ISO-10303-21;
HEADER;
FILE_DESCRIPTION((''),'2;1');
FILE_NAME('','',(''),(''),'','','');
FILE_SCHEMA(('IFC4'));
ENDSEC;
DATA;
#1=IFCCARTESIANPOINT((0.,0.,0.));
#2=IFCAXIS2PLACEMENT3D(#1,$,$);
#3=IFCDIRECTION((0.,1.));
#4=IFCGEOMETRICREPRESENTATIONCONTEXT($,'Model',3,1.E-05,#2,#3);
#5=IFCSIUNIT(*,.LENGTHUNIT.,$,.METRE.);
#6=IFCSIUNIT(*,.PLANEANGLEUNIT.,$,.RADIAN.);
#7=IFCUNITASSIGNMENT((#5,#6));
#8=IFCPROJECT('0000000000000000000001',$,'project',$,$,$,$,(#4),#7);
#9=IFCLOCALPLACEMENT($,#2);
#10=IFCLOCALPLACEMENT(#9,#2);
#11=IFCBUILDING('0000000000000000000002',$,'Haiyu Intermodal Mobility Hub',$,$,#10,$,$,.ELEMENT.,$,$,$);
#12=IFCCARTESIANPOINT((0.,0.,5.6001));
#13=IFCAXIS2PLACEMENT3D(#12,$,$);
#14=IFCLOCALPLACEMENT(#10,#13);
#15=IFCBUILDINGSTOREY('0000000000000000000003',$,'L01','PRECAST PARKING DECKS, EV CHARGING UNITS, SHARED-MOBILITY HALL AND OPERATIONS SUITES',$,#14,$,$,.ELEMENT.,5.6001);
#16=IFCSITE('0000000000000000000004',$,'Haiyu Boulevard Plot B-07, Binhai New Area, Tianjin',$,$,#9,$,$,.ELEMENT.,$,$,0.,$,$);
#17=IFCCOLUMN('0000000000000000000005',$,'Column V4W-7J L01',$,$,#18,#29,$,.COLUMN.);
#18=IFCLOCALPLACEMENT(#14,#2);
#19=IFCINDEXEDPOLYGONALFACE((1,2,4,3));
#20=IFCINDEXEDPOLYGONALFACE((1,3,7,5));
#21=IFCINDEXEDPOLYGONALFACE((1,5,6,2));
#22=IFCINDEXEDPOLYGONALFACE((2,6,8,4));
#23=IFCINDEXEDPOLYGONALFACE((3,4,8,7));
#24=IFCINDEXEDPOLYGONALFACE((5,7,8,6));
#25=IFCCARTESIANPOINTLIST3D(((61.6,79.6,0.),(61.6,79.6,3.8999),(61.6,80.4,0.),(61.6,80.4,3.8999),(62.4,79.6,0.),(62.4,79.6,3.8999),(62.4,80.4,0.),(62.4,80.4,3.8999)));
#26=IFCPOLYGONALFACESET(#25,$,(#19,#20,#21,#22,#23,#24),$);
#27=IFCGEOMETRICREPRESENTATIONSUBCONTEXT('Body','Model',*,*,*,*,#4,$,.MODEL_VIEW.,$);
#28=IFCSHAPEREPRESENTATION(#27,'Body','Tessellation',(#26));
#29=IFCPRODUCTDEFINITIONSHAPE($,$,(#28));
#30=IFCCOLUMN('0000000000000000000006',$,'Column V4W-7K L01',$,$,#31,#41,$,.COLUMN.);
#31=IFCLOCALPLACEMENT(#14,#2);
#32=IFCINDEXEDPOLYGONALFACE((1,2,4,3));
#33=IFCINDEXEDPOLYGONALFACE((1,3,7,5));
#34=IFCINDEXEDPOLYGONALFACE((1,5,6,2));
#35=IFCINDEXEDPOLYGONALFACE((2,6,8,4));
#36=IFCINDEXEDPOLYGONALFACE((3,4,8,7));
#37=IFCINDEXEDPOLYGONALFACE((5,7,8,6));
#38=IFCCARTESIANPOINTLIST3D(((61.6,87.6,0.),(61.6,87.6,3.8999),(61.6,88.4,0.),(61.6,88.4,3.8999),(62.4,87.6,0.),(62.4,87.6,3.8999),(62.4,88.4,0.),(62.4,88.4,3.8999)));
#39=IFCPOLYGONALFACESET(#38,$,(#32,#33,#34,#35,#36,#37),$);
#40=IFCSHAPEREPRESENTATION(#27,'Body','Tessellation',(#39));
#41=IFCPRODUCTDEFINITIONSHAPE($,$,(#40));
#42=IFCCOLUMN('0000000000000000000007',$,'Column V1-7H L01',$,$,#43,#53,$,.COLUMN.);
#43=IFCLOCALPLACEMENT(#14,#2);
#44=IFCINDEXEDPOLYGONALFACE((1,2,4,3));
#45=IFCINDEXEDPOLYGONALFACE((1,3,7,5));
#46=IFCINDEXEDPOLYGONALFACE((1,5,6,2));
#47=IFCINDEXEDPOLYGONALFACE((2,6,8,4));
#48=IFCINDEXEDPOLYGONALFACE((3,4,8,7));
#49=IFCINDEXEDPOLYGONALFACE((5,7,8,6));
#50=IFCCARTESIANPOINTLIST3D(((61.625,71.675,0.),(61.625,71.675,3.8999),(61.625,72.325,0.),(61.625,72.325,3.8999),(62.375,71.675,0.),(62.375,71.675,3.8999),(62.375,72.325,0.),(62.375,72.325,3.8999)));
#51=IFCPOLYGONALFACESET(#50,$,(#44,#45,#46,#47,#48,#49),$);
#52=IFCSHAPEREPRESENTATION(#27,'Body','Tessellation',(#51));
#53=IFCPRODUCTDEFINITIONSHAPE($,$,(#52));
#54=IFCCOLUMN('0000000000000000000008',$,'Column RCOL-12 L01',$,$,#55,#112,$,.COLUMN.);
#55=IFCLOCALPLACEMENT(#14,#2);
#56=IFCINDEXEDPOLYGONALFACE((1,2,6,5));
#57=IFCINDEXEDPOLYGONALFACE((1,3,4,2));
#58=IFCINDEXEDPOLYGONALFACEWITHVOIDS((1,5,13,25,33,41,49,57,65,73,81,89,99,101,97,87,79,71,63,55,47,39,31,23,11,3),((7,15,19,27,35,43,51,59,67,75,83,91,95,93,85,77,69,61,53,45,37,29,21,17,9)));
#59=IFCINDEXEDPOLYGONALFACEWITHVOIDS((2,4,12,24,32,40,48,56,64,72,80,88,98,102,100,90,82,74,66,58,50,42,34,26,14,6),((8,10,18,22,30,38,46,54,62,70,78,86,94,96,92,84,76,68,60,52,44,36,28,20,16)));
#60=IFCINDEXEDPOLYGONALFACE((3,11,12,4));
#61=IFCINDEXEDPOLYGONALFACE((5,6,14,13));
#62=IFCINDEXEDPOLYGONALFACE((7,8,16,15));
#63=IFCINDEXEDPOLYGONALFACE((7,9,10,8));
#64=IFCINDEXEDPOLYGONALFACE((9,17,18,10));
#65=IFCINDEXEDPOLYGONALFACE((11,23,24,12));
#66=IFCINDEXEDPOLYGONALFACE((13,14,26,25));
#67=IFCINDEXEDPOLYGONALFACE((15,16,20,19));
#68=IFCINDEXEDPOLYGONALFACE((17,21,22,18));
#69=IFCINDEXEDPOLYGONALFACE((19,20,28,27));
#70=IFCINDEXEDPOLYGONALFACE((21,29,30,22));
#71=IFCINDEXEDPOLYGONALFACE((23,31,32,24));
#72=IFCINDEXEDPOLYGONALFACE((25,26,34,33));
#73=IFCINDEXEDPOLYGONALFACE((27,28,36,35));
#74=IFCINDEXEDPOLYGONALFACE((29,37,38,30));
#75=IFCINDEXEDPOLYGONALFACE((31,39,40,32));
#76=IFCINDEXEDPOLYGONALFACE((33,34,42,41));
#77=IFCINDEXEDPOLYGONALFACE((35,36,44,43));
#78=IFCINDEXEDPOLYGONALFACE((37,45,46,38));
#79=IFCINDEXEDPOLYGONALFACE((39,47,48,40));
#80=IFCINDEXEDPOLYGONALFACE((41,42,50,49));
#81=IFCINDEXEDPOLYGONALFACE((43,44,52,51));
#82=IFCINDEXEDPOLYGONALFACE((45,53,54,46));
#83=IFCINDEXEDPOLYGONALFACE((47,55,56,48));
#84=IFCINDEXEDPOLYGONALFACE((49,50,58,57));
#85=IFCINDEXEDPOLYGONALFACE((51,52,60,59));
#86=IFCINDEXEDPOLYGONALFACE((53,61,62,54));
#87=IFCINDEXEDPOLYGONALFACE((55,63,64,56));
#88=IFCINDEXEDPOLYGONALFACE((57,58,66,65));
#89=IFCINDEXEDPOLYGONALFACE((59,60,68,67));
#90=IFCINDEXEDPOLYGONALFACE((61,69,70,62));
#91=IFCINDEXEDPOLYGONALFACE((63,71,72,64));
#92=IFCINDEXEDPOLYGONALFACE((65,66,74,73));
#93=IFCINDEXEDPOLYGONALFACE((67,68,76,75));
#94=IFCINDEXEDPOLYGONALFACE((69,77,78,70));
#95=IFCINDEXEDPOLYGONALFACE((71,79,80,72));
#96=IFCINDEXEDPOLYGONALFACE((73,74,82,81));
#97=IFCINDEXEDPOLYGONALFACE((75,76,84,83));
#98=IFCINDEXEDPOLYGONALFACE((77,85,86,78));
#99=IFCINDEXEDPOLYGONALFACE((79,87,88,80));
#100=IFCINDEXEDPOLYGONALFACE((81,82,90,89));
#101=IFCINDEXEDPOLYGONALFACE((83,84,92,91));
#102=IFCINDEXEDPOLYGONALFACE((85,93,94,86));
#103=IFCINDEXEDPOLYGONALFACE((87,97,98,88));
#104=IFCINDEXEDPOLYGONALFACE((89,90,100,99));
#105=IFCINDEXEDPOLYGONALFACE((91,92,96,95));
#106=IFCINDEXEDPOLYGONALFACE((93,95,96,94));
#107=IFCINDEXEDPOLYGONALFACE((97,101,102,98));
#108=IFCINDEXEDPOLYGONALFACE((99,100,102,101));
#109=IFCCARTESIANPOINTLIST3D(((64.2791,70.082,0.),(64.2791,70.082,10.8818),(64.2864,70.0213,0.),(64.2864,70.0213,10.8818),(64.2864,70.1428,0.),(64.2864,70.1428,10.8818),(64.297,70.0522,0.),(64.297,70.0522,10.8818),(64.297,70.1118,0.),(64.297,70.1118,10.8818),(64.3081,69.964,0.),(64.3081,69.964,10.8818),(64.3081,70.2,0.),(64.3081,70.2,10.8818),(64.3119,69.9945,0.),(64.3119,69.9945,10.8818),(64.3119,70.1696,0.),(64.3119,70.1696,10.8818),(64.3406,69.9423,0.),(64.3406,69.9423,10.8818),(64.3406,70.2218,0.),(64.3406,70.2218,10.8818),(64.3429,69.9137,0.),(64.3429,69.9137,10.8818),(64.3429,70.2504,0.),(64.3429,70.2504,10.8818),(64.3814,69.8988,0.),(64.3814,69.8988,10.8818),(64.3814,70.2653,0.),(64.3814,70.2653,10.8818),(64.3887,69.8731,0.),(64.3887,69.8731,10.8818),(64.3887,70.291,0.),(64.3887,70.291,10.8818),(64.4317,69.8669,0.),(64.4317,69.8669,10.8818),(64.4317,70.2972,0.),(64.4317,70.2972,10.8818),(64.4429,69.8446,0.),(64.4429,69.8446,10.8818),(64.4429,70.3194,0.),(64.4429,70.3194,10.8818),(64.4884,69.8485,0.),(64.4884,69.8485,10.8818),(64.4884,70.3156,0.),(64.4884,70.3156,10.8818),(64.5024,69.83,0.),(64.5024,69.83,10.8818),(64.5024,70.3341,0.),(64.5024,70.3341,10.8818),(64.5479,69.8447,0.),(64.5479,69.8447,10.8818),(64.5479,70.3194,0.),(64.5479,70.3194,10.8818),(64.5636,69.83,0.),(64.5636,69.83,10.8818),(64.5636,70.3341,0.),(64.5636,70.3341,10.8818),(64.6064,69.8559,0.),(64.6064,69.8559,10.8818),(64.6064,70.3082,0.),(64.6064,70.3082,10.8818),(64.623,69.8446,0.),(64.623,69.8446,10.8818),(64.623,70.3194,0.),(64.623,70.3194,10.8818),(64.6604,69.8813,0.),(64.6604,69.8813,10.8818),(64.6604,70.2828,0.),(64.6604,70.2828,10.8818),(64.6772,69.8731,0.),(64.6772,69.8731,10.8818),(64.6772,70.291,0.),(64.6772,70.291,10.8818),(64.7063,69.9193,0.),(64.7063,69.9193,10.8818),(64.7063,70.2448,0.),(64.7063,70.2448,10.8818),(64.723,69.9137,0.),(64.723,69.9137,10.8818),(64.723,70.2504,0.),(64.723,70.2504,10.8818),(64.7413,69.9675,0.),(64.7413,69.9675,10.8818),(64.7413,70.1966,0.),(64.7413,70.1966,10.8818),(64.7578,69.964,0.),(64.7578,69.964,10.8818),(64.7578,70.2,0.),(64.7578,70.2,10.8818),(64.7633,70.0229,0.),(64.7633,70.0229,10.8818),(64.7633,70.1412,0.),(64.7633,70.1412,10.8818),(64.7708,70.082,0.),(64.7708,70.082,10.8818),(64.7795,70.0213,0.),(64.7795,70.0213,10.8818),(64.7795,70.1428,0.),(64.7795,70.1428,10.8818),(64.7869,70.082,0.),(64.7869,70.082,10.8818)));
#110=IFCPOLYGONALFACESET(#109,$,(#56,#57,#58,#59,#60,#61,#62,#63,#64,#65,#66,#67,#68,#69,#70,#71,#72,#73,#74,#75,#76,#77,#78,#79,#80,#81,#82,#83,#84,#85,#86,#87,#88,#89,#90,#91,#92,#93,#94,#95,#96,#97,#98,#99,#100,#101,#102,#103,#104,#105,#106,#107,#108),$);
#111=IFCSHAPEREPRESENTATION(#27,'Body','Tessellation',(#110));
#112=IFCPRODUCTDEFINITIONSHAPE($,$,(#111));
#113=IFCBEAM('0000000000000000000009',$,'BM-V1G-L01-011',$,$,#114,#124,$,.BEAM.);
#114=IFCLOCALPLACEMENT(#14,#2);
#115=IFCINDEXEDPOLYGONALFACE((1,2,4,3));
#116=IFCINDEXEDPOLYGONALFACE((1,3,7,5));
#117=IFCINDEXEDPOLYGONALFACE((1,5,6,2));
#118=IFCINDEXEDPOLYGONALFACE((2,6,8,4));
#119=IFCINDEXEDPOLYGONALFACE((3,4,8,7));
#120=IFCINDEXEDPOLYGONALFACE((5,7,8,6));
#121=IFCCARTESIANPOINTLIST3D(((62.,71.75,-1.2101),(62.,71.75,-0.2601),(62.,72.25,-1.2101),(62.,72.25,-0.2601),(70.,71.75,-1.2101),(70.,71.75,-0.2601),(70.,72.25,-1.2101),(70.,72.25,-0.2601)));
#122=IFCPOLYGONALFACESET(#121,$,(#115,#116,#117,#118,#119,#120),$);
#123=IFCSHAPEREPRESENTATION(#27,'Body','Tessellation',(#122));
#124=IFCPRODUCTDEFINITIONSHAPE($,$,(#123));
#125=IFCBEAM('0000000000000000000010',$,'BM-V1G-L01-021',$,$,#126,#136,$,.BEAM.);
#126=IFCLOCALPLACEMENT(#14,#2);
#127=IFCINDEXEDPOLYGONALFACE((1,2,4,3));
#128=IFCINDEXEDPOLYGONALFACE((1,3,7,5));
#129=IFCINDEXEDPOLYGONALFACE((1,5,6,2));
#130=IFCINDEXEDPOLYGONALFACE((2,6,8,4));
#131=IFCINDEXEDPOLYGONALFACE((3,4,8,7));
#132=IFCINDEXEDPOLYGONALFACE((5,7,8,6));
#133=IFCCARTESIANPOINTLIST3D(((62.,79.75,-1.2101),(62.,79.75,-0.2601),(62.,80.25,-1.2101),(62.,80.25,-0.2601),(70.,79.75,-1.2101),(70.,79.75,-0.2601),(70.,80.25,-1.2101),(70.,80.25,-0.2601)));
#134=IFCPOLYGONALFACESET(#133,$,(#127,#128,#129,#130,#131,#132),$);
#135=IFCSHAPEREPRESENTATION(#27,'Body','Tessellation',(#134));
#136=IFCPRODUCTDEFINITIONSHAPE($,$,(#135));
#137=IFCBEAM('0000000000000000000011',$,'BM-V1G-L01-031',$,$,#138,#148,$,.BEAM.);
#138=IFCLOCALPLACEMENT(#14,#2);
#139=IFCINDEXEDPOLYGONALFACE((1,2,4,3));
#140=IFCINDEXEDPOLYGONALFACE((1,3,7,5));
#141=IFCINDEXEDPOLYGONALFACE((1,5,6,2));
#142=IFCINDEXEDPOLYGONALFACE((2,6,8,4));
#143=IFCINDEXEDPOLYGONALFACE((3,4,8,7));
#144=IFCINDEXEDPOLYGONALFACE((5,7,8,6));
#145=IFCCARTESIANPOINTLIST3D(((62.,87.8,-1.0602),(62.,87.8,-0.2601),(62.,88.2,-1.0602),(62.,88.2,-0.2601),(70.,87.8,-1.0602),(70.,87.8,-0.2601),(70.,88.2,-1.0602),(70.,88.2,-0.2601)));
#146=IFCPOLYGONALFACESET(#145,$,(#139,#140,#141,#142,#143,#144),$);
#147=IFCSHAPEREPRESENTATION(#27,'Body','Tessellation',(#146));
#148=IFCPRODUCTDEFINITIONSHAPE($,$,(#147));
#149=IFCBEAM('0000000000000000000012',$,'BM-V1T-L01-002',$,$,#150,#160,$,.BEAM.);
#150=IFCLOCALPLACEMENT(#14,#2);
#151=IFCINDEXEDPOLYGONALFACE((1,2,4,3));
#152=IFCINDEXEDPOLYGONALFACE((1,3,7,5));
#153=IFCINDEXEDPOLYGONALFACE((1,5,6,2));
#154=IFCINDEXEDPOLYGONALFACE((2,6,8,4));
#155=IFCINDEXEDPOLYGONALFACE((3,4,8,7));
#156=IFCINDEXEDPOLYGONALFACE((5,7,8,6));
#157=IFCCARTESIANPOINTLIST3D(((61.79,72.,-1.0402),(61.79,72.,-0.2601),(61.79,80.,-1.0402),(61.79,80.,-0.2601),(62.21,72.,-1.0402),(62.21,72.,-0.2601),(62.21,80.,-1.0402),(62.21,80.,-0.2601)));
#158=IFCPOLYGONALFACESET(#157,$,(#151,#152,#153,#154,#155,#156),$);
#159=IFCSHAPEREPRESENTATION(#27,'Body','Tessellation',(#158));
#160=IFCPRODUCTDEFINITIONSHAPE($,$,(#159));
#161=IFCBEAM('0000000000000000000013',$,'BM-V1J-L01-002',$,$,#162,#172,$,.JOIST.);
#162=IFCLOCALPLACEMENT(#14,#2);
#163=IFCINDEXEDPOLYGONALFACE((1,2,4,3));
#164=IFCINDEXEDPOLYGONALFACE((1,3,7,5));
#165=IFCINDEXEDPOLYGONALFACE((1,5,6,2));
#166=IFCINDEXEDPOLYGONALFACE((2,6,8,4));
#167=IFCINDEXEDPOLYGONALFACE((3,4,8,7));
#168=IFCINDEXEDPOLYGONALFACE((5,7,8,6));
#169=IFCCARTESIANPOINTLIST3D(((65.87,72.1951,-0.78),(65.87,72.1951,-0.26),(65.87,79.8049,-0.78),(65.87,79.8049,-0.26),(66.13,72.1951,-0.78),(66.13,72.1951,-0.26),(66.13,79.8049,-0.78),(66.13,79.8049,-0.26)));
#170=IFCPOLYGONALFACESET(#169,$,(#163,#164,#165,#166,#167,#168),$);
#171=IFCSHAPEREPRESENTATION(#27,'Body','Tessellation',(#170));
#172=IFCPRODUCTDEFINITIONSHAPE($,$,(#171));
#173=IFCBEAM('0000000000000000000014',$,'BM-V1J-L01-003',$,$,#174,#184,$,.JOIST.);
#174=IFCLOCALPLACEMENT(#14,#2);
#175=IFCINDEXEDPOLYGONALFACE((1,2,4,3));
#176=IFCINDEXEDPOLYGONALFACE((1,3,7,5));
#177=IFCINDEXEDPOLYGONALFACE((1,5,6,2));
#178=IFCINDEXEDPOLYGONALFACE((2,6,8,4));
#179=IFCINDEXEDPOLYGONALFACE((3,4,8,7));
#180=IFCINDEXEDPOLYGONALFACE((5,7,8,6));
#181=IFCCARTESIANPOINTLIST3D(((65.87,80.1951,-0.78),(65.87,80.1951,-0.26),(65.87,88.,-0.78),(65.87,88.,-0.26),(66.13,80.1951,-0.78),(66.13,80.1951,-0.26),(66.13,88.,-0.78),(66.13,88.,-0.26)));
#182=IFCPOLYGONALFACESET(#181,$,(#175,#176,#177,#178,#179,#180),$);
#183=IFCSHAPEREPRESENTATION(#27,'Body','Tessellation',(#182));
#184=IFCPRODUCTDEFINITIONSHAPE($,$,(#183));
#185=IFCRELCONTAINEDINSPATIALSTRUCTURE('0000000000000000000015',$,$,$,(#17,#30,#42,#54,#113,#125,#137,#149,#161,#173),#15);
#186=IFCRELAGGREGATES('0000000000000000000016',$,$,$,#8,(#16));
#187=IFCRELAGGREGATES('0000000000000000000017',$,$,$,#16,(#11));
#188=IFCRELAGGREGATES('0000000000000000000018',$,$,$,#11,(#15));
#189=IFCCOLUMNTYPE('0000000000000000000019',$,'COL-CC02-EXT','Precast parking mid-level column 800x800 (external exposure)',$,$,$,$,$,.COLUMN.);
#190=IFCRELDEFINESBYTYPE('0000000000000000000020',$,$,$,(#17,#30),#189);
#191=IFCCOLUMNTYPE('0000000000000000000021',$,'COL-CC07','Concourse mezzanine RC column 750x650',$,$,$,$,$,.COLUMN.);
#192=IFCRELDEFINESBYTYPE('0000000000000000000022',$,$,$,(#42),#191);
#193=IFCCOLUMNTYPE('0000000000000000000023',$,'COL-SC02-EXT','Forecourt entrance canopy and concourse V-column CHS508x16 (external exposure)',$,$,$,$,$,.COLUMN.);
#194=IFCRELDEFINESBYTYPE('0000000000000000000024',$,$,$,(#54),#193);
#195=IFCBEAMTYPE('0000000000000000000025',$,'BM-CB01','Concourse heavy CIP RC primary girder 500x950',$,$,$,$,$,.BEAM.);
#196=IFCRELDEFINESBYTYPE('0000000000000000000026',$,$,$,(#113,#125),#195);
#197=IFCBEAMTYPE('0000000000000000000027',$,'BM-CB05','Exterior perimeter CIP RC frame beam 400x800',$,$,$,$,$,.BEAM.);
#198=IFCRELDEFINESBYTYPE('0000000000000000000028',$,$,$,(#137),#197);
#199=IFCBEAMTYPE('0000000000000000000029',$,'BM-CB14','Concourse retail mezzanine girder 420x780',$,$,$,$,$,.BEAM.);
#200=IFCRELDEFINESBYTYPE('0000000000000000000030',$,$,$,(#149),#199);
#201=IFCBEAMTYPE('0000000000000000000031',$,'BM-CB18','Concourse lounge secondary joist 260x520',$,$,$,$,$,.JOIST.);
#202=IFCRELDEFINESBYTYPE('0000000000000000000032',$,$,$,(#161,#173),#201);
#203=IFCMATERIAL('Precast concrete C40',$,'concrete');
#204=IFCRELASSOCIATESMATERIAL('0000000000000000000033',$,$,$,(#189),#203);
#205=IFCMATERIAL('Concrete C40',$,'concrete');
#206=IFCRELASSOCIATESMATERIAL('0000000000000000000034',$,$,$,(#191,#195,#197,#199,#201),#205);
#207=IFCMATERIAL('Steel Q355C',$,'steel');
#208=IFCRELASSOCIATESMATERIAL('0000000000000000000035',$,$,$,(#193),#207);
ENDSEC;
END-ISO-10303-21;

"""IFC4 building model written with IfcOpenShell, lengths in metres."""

from ifc_helpers import new_model, si_unit, direction, frame, origin, origin_2d, place, context, subcontext, project, spatial, rectangle, hollow_circle, extrude, material, material_profile, profile_set, type_object, element, save


model = new_model("IFC4")

# Units and contexts
model_context = context("Model", 3, precision=1e-05, world=origin(), true_north=direction((0.0, 1.0)))
body_context = subcontext(model_context, "Body", "Model", "MODEL_VIEW")
ifc_project = project(units=[si_unit("LENGTHUNIT", "METRE"), si_unit("PLANEANGLEUNIT", "RADIAN")], contexts=[model_context])

# Site, building, storey
site_placement = place(None, origin())
site = spatial("IfcSite", under=ifc_project, at=site_placement, Name="Haiyu Boulevard Plot B-07, Binhai New Area, Tianjin", CompositionType="ELEMENT", RefElevation=0.0)
building_placement = place(site_placement, origin())
building = spatial("IfcBuilding", under=site, at=building_placement, Name="Haiyu Intermodal Mobility Hub", CompositionType="ELEMENT")
storey_placement = place(building_placement, frame((0.0, 0.0, 5.6001)))
storey = spatial("IfcBuildingStorey", under=building, at=storey_placement, Name="L01", Description="PRECAST PARKING DECKS, EV CHARGING UNITS, SHARED-MOBILITY HALL AND OPERATIONS SUITES", CompositionType="ELEMENT", Elevation=5.6001)

# Columns
ifc_material_1 = material(Name="Precast concrete C40", Category="concrete")
ifc_material_profile_1 = material_profile(ifc_material_1, rectangle(XDim=0.8, YDim=0.8, at=origin_2d()), Name="RC800x800")
ifc_profile_set_1 = profile_set([ifc_material_profile_1], Name="Precast concrete C40")
column_type_1 = type_object("IfcColumnType", Name="COL-CC02-EXT", Description="Precast parking mid-level column 800x800 (external exposure)", PredefinedType="COLUMN", material=ifc_profile_set_1)
for number, where, z_axis, x_axis, name in (
    (1, (62.0, 80.0, 0.0), (0.0, 0.0, 1.0), (1.0, 0.0, 0.0), "Column V4W-7J L01"),
    (2, (62.0, 88.0, 0.0), (0.0, 0.0, 1.0), (1.0, 0.0, 0.0), "Column V4W-7K L01"),
):
    element("IfcColumn", number, at=place(storey_placement, frame(where, z_axis=z_axis, x_axis=x_axis)), inside=storey, type_object=column_type_1, Name=name, PredefinedType="COLUMN", context=body_context, shape_type="SweptSolid", body=[
        extrude(rectangle(XDim=0.8, YDim=0.8, at=origin_2d()), origin(), (0.0, 0.0, 1.0), 3.8999),
    ])
ifc_material_2 = material(Name="Concrete C40", Category="concrete")
ifc_material_profile_2 = material_profile(ifc_material_2, rectangle(XDim=0.75, YDim=0.6499, at=origin_2d()), Name="RC750x650")
ifc_profile_set_2 = profile_set([ifc_material_profile_2], Name="Concrete C40")
column_type_2 = type_object("IfcColumnType", Name="COL-CC07", Description="Concourse mezzanine RC column 750x650", PredefinedType="COLUMN", material=ifc_profile_set_2)
column_1_placement = place(storey_placement, frame((62.0, 72.0, 0.0), z_axis=(0.0, 0.0, 1.0), x_axis=(1.0, 0.0, 0.0)))
element("IfcColumn", 3, at=column_1_placement, inside=storey, type_object=column_type_2, Name="Column V1-7H L01", PredefinedType="COLUMN", context=body_context, shape_type="SweptSolid", body=[
    extrude(rectangle(XDim=0.75, YDim=0.6499, at=origin_2d()), origin(), (0.0, 0.0, 1.0), 3.8999),
])
ifc_material_3 = material(Name="Steel Q355C", Category="steel")
ifc_material_profile_3 = material_profile(ifc_material_3, hollow_circle(Radius=0.2539, WallThickness=0.0161, at=origin_2d()), Name="CHS508x16")
ifc_profile_set_3 = profile_set([ifc_material_profile_3], Name="Steel Q355C")
column_type_3 = type_object("IfcColumnType", Name="COL-SC02-EXT", Description="Forecourt entrance canopy and concourse V-column CHS508x16 (external exposure)", PredefinedType="COLUMN", material=ifc_profile_set_3)
column_2_placement = place(storey_placement, frame((64.533, 70.082, 0.0), z_axis=(0.0, 0.0, 1.0), x_axis=(1.0, 0.0, 0.0)))
element("IfcColumn", 4, at=column_2_placement, inside=storey, type_object=column_type_3, Name="Column RCOL-12 L01", PredefinedType="COLUMN", context=body_context, shape_type="SweptSolid", body=[
    extrude(hollow_circle(Radius=0.2539, WallThickness=0.0161, at=origin_2d()), origin(), (0.0, 0.0, 1.0), 10.8818),
])

# Beams
ifc_material_profile_4 = material_profile(ifc_material_2, rectangle(XDim=0.5, YDim=0.95, at=origin_2d()), Name="RCB500x950")
ifc_profile_set_4 = profile_set([ifc_material_profile_4], Name="Concrete C40")
beam_type_1 = type_object("IfcBeamType", Name="BM-CB01", Description="Concourse heavy CIP RC primary girder 500x950", PredefinedType="BEAM", material=ifc_profile_set_4)
for number, where, z_axis, x_axis, name in (
    (5, (62.0, 72.0, -0.7351), (1.0, 0.0, 0.0), (0.0, 1.0, 0.0), "BM-V1G-L01-011"),
    (6, (62.0, 80.0, -0.7351), (1.0, 0.0, 0.0), (0.0, 1.0, 0.0), "BM-V1G-L01-021"),
):
    element("IfcBeam", number, at=place(storey_placement, frame(where, z_axis=z_axis, x_axis=x_axis)), inside=storey, type_object=beam_type_1, Name=name, PredefinedType="BEAM", context=body_context, shape_type="SweptSolid", body=[
        extrude(rectangle(XDim=0.5, YDim=0.95, at=origin_2d()), origin(), (0.0, 0.0, 1.0), 8.0),
    ])
ifc_material_profile_5 = material_profile(ifc_material_2, rectangle(XDim=0.3999, YDim=0.8, at=origin_2d()), Name="RCB400x800")
ifc_profile_set_5 = profile_set([ifc_material_profile_5], Name="Concrete C40")
beam_type_2 = type_object("IfcBeamType", Name="BM-CB05", Description="Exterior perimeter CIP RC frame beam 400x800", PredefinedType="BEAM", material=ifc_profile_set_5)
beam_1_placement = place(storey_placement, frame((62.0, 88.0, -0.6602), z_axis=(1.0, 0.0, 0.0), x_axis=(0.0, 1.0, 0.0)))
element("IfcBeam", 7, at=beam_1_placement, inside=storey, type_object=beam_type_2, Name="BM-V1G-L01-031", PredefinedType="BEAM", context=body_context, shape_type="SweptSolid", body=[
    extrude(rectangle(XDim=0.3999, YDim=0.8, at=origin_2d()), origin(), (0.0, 0.0, 1.0), 8.0),
])
ifc_material_profile_6 = material_profile(ifc_material_2, rectangle(XDim=0.4199, YDim=0.78, at=origin_2d()), Name="B420x780")
ifc_profile_set_6 = profile_set([ifc_material_profile_6], Name="Concrete C40")
beam_type_3 = type_object("IfcBeamType", Name="BM-CB14", Description="Concourse retail mezzanine girder 420x780", PredefinedType="BEAM", material=ifc_profile_set_6)
beam_2_placement = place(storey_placement, frame((62.0, 72.0, -0.6501), z_axis=(0.0, 1.0, 0.0), x_axis=(-1.0, 0.0, 0.0)))
element("IfcBeam", 8, at=beam_2_placement, inside=storey, type_object=beam_type_3, Name="BM-V1T-L01-002", PredefinedType="BEAM", context=body_context, shape_type="SweptSolid", body=[
    extrude(rectangle(XDim=0.4199, YDim=0.78, at=origin_2d()), origin(), (0.0, 0.0, 1.0), 8.0),
])
ifc_material_profile_7 = material_profile(ifc_material_2, rectangle(XDim=0.26, YDim=0.52, at=origin_2d()), Name="B260x520")
ifc_profile_set_7 = profile_set([ifc_material_profile_7], Name="Concrete C40")
beam_type_4 = type_object("IfcBeamType", Name="BM-CB18", Description="Concourse lounge secondary joist 260x520", PredefinedType="JOIST", material=ifc_profile_set_7)
beam_3_placement = place(storey_placement, frame((66.0, 72.1951, -0.52), z_axis=(0.0, 1.0, 0.0), x_axis=(-1.0, 0.0, 0.0)))
element("IfcBeam", 9, at=beam_3_placement, inside=storey, type_object=beam_type_4, Name="BM-V1J-L01-002", PredefinedType="JOIST", context=body_context, shape_type="SweptSolid", body=[
    extrude(rectangle(XDim=0.26, YDim=0.52, at=origin_2d()), origin(), (0.0, 0.0, 1.0), 7.6099),
])
beam_4_placement = place(storey_placement, frame((66.0, 80.1951, -0.52), z_axis=(0.0, 1.0, 0.0), x_axis=(-1.0, 0.0, 0.0)))
element("IfcBeam", 10, at=beam_4_placement, inside=storey, type_object=beam_type_4, Name="BM-V1J-L01-003", PredefinedType="JOIST", context=body_context, shape_type="SweptSolid", body=[
    extrude(rectangle(XDim=0.26, YDim=0.52, at=origin_2d()), origin(), (0.0, 0.0, 1.0), 7.8049),
])

save(model, "model.ifc")
